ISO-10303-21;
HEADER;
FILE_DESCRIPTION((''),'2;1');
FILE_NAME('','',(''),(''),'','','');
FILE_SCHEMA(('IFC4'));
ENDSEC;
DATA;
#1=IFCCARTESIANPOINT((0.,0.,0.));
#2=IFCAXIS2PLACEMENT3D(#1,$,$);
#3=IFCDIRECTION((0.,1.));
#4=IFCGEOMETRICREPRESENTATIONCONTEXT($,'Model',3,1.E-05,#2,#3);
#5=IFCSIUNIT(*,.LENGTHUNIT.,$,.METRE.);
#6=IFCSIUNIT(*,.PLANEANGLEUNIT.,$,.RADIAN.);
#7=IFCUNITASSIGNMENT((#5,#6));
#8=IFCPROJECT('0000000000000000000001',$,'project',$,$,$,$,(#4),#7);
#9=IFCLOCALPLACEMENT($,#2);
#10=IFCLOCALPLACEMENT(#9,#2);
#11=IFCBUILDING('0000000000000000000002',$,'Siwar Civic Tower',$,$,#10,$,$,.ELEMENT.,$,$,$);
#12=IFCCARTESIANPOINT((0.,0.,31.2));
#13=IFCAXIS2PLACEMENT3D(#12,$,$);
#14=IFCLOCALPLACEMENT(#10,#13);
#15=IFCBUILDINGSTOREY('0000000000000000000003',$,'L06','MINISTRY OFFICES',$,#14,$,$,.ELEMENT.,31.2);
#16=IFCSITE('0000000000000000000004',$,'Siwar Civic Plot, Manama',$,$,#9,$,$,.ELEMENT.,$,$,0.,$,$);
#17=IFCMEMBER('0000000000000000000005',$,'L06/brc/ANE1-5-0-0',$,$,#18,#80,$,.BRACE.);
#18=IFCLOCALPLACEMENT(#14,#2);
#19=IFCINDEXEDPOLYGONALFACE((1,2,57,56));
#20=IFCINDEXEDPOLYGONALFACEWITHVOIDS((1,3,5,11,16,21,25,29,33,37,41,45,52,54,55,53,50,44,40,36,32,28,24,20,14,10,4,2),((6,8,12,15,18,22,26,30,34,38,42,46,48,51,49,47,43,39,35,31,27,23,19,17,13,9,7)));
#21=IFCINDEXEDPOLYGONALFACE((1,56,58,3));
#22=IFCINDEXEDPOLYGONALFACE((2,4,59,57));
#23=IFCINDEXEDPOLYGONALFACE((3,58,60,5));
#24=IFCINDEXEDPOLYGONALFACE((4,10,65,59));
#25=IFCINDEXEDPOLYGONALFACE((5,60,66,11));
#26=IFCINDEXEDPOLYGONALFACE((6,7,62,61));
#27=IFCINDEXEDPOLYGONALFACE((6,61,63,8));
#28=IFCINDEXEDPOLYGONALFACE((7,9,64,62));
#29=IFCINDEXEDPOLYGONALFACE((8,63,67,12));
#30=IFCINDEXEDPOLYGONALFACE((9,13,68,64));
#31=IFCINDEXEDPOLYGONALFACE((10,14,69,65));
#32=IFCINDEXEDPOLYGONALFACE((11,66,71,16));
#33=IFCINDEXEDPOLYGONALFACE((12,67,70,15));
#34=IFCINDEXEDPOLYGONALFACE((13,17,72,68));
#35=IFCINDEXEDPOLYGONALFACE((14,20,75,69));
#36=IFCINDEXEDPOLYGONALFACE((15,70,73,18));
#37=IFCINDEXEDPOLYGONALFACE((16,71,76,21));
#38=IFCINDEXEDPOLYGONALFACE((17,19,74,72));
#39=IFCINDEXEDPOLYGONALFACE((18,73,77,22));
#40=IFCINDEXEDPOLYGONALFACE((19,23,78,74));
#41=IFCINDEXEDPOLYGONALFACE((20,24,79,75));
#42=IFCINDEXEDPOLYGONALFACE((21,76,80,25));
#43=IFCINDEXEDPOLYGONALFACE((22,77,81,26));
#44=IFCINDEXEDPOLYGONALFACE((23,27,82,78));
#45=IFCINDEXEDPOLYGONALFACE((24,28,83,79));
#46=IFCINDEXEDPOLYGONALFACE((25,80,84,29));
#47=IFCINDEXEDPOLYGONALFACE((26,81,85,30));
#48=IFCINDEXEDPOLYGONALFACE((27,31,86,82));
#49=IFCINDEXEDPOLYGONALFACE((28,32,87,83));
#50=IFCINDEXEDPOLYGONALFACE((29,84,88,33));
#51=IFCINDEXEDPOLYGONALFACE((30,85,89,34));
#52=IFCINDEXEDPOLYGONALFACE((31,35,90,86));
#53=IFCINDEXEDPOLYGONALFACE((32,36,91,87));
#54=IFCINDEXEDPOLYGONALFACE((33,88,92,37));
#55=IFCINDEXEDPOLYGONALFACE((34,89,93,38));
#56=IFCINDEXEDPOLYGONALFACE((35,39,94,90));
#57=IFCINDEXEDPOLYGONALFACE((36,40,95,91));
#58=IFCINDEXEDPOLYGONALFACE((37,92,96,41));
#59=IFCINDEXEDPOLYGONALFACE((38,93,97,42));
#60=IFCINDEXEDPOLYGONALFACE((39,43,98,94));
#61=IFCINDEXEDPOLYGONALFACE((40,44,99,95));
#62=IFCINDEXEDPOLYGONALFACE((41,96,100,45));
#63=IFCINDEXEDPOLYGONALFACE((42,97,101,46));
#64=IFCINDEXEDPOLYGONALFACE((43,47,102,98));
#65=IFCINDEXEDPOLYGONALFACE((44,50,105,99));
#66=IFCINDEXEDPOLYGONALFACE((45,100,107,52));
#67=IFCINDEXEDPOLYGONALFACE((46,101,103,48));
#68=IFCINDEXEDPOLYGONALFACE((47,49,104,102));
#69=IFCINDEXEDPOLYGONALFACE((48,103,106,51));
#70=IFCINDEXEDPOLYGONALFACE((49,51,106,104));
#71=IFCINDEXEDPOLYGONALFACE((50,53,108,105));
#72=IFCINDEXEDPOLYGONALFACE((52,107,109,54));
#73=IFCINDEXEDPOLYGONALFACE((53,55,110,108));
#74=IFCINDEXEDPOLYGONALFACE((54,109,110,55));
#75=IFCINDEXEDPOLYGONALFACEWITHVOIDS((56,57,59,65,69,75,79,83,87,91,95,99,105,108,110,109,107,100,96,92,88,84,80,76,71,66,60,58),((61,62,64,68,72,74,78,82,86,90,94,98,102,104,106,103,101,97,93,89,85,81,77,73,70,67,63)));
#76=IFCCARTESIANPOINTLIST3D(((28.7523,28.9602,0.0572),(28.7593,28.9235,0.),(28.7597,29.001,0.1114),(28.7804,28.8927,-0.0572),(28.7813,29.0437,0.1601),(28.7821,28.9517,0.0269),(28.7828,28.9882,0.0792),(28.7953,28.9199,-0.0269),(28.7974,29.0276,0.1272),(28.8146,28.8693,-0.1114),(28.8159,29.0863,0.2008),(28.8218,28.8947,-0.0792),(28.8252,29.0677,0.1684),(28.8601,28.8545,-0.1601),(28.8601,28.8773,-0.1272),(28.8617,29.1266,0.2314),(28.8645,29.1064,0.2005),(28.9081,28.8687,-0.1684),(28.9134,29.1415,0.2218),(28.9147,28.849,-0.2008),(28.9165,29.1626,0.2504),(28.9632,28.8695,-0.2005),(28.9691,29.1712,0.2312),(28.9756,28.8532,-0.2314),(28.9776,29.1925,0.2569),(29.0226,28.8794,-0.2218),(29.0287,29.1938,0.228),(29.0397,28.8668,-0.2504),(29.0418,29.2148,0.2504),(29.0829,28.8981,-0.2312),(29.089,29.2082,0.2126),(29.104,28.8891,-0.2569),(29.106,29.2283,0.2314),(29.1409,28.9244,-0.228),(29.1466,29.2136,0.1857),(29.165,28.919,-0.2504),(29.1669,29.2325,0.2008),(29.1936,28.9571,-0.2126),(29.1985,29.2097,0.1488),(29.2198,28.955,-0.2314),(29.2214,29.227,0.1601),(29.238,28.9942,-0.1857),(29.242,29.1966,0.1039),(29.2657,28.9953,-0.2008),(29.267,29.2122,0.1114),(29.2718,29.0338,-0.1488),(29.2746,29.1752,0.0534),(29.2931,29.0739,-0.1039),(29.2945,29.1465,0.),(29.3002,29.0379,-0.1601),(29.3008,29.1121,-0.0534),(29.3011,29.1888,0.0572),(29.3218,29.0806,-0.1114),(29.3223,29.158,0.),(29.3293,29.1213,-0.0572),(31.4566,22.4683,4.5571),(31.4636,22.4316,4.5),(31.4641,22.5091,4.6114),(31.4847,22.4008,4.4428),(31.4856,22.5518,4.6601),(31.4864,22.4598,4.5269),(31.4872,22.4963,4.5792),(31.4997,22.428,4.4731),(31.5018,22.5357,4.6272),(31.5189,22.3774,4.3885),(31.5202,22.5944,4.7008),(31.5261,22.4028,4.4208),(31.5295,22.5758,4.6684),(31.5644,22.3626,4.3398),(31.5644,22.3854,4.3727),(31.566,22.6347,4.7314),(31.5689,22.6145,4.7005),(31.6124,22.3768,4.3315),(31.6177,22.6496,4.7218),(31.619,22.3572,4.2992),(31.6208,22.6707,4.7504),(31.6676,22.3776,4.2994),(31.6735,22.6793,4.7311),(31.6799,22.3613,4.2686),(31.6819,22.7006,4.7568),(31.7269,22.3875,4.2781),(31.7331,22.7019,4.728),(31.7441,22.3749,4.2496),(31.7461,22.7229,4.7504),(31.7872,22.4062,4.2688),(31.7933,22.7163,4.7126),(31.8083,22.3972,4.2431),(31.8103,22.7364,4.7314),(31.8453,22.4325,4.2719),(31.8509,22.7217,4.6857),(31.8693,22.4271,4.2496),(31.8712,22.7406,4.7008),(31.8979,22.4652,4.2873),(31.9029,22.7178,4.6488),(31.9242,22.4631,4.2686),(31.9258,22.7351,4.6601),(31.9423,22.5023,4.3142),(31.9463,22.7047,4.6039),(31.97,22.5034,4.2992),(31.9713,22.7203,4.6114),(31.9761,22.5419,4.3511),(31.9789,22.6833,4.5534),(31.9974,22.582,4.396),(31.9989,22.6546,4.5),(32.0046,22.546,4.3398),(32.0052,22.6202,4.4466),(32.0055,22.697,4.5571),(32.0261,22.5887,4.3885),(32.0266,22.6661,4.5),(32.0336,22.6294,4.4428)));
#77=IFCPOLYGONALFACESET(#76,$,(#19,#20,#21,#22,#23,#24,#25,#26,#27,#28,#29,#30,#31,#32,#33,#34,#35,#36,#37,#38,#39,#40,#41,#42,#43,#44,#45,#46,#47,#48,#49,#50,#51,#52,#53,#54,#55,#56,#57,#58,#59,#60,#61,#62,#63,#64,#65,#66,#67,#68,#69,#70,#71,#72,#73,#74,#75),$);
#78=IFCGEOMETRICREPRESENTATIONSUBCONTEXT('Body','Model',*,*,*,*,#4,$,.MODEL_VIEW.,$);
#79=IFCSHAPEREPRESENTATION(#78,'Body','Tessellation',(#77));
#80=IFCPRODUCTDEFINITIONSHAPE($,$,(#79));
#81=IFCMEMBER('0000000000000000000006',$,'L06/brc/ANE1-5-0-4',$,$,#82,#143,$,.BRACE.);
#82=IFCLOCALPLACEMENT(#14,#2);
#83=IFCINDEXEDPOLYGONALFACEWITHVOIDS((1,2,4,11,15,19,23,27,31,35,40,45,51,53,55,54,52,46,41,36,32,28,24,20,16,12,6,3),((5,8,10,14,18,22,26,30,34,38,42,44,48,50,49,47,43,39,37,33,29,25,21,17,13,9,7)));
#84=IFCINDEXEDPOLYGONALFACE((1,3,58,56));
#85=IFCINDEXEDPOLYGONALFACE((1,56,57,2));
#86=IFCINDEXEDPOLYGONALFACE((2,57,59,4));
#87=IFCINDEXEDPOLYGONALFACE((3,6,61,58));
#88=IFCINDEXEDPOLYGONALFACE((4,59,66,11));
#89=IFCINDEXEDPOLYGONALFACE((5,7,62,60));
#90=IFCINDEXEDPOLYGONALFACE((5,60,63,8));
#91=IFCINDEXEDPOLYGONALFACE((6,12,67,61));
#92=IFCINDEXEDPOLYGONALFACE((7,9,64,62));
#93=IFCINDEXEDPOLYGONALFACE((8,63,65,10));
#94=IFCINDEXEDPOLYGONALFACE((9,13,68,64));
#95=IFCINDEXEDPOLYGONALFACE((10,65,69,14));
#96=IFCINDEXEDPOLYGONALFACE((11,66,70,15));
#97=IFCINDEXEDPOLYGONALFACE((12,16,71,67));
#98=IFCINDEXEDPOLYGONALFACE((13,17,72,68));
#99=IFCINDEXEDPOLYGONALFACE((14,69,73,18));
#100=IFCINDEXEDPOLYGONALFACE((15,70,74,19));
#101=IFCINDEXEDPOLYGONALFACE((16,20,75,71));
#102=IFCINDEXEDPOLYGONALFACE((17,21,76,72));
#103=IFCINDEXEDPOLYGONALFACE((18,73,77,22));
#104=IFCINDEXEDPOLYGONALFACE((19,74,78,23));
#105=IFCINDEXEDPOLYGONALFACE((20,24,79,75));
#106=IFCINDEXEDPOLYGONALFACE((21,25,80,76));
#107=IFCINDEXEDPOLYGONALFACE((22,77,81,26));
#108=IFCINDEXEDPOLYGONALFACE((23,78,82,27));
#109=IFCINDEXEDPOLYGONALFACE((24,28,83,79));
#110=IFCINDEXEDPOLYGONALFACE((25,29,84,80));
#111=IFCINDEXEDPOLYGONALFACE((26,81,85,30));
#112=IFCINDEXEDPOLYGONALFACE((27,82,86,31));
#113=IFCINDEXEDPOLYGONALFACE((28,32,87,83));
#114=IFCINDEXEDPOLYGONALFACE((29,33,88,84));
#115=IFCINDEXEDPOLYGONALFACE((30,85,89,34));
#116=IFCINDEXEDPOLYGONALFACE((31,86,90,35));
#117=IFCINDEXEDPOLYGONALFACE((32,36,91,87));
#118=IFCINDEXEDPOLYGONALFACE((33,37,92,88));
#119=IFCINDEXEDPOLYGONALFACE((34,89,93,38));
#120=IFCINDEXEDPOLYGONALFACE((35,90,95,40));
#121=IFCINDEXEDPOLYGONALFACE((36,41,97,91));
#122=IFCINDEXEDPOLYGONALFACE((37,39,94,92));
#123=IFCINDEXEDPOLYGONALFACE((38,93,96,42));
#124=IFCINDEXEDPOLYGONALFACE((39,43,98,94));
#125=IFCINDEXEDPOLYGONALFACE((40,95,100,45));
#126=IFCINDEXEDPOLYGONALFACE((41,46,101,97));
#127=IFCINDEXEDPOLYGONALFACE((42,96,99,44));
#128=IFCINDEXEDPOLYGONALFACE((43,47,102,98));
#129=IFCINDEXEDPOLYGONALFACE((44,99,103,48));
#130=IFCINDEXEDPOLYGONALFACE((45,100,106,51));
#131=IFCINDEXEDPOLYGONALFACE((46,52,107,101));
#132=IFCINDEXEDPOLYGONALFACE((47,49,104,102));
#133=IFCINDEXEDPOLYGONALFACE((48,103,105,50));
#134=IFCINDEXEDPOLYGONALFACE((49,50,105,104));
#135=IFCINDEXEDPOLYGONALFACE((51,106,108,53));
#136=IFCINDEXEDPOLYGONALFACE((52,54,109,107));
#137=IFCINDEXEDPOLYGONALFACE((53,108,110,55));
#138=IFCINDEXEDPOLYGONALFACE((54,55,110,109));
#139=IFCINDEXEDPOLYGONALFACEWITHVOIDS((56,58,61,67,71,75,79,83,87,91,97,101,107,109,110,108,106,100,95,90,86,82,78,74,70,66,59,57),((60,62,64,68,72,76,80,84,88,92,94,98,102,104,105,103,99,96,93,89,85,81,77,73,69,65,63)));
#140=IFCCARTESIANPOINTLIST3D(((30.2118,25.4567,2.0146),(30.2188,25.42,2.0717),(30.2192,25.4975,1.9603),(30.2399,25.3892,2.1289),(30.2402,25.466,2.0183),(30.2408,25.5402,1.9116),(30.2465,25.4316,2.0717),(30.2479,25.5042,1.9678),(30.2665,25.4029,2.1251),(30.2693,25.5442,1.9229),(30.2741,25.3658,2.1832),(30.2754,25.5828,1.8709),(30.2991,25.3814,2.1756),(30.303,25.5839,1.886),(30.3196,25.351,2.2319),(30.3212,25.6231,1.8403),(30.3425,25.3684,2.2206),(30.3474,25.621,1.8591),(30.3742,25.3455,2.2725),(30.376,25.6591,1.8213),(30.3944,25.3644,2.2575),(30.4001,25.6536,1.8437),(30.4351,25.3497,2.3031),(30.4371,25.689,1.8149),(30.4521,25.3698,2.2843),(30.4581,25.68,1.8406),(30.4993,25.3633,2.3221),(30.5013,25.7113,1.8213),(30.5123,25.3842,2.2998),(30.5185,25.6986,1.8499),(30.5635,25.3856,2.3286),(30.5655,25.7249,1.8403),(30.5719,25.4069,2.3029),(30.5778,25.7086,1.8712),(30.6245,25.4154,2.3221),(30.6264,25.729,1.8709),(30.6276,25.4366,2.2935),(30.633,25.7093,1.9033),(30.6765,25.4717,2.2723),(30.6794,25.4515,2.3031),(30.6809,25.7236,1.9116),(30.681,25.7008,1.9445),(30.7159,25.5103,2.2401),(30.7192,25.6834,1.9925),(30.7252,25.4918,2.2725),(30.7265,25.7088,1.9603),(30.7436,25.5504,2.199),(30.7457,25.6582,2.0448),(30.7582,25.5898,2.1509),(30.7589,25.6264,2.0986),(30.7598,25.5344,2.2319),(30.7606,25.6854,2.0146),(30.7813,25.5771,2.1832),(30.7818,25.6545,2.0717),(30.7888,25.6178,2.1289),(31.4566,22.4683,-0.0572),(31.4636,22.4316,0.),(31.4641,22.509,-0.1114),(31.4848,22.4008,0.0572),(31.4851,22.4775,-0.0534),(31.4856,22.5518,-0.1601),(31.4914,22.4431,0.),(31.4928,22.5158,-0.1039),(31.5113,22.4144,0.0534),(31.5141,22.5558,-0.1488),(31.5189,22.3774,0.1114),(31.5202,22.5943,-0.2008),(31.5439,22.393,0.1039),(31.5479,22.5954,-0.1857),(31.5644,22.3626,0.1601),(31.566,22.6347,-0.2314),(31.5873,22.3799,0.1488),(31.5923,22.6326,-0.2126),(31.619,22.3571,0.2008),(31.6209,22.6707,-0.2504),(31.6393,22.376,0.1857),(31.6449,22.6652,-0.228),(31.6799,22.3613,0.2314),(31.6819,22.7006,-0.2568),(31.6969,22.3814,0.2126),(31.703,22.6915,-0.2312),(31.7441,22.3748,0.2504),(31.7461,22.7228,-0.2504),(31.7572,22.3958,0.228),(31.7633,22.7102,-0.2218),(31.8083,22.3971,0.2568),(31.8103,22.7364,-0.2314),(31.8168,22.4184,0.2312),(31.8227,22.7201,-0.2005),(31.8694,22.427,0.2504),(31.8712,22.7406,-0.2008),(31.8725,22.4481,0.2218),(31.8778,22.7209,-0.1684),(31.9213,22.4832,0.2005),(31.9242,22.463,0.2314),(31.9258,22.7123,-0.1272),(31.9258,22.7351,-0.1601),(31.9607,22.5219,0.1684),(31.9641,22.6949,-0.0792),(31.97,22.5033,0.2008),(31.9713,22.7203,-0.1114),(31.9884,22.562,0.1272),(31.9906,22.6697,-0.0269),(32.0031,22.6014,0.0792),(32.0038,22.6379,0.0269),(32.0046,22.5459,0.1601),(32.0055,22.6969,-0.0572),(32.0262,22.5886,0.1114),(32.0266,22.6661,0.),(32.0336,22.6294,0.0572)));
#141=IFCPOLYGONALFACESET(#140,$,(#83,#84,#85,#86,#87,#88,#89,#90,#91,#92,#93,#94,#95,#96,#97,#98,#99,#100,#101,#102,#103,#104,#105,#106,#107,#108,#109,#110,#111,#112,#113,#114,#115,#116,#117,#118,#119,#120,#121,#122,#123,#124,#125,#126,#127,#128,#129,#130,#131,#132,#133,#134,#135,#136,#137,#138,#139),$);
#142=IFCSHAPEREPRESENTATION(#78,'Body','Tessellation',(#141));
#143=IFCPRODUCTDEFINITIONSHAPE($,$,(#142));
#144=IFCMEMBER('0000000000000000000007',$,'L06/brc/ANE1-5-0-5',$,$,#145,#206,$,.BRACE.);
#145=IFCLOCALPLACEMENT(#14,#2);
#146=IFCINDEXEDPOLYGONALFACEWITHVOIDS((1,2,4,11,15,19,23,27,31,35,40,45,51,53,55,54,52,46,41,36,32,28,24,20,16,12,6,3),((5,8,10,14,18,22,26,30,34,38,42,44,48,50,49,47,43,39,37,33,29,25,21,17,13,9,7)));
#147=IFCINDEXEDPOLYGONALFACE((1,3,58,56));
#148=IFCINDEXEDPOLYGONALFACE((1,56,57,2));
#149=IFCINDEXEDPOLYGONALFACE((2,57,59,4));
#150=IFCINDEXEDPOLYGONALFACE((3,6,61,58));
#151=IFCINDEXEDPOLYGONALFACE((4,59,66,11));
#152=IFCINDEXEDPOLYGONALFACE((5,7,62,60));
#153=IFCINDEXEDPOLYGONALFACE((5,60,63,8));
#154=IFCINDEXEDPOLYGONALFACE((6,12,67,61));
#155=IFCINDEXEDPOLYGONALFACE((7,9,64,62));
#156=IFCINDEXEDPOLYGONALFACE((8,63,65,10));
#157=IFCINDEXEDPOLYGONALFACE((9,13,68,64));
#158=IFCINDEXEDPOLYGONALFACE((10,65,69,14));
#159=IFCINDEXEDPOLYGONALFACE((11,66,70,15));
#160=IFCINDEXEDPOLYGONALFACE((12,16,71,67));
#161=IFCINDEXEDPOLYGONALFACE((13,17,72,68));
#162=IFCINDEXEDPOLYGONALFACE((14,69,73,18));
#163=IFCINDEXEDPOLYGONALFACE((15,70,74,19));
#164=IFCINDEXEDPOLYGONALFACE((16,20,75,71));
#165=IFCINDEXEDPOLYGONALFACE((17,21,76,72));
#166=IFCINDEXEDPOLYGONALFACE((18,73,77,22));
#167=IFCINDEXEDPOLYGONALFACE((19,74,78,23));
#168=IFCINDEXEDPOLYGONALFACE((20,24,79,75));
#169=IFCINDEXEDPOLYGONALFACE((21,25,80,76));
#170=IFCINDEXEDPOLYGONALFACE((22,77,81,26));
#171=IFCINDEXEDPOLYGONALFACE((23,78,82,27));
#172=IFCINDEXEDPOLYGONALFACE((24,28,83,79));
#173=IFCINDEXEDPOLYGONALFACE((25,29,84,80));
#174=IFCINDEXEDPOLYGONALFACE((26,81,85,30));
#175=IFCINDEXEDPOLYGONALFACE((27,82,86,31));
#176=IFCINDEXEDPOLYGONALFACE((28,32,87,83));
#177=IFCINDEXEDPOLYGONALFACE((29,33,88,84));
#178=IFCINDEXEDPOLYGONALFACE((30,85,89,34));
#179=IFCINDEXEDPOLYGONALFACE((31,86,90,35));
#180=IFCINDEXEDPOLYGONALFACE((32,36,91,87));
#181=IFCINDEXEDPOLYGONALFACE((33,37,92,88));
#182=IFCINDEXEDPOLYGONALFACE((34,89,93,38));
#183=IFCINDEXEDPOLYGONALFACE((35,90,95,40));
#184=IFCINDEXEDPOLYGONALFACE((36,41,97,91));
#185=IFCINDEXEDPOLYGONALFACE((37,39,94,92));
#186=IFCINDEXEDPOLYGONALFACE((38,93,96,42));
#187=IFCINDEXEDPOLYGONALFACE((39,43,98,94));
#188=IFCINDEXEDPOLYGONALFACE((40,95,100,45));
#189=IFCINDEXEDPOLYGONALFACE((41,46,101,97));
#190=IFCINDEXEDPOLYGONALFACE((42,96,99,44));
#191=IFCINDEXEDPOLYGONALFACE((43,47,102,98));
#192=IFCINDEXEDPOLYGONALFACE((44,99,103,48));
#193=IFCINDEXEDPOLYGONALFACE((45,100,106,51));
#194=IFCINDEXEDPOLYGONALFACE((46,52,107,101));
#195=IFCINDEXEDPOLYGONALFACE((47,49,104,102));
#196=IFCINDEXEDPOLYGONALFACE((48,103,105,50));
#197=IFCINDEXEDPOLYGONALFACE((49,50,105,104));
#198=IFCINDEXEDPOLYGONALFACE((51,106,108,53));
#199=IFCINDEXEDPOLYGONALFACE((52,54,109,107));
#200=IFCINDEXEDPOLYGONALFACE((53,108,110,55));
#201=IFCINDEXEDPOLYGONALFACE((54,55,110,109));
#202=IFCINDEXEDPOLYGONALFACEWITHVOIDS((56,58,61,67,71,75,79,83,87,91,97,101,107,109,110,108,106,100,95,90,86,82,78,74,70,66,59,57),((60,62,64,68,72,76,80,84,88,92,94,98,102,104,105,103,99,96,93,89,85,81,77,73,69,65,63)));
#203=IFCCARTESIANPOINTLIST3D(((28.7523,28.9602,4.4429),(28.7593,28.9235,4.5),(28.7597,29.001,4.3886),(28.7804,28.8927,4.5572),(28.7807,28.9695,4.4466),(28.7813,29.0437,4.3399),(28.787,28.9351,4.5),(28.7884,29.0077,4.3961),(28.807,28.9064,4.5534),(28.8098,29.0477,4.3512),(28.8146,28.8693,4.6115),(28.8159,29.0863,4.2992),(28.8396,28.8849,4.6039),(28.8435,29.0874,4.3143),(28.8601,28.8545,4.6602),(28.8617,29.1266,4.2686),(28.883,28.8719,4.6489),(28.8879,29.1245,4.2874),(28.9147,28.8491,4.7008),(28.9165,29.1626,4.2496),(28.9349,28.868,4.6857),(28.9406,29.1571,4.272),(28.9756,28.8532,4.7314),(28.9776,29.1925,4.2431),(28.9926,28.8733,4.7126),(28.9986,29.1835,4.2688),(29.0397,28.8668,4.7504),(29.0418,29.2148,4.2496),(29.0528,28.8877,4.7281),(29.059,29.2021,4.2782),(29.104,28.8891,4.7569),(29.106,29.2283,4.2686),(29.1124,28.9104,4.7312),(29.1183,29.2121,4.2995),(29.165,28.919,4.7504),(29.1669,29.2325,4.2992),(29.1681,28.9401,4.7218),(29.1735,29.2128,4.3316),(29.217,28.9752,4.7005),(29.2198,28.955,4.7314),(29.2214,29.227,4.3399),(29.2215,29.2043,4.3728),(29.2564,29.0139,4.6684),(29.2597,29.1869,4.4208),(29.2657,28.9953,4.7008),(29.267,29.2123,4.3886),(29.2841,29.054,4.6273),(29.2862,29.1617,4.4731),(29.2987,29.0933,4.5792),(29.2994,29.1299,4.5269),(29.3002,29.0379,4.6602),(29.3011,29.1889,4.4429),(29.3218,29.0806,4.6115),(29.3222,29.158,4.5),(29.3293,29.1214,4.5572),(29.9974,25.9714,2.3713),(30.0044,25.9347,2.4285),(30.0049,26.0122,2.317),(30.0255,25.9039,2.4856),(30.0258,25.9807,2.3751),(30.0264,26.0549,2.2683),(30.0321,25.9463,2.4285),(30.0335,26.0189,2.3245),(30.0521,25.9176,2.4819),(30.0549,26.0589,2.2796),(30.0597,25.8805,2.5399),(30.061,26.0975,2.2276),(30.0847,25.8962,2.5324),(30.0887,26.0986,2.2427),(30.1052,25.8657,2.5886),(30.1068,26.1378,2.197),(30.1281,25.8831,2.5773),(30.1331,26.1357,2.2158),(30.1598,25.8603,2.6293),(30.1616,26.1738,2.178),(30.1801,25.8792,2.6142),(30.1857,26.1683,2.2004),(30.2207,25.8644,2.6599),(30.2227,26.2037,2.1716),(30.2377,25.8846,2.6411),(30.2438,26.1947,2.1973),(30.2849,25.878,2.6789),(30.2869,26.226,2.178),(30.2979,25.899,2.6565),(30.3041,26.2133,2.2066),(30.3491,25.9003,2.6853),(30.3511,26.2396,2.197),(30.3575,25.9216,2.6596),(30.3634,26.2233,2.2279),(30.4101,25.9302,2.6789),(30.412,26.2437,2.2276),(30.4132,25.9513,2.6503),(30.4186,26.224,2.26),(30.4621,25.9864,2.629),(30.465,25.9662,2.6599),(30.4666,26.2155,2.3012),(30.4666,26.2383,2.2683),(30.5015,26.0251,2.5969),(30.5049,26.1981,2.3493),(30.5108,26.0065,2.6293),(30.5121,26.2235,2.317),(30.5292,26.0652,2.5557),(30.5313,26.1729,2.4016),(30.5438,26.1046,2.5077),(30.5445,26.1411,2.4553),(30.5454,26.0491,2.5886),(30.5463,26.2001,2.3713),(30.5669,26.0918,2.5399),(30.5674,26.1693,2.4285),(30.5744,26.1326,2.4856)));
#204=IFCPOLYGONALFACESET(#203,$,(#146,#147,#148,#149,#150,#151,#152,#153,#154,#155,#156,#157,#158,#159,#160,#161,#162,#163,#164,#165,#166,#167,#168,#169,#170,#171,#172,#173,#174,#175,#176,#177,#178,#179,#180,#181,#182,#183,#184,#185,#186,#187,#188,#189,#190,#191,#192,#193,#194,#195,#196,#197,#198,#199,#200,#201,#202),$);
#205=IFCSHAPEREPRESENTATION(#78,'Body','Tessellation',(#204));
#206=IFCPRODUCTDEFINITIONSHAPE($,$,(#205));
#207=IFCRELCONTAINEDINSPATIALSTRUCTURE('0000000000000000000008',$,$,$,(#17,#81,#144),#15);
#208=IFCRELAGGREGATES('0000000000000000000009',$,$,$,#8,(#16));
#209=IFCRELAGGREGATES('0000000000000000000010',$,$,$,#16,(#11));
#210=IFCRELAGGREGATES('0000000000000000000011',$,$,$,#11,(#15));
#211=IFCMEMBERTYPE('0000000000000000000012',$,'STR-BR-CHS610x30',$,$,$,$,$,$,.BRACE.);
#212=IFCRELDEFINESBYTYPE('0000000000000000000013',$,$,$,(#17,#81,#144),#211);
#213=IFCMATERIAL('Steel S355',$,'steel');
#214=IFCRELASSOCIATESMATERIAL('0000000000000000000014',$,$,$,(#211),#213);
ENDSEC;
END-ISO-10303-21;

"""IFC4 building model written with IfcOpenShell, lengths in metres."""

from ifc_helpers import new_model, si_unit, direction, frame, origin, origin_2d, place, context, subcontext, project, spatial, hollow_circle, extrude, material, material_profile, profile_set, type_object, element, save


model = new_model("IFC4")

# Units and contexts
model_context = context("Model", 3, precision=1e-05, world=origin(), true_north=direction((0.0, 1.0)))
body_context = subcontext(model_context, "Body", "Model", "MODEL_VIEW")
ifc_project = project(units=[si_unit("LENGTHUNIT", "METRE"), si_unit("PLANEANGLEUNIT", "RADIAN")], contexts=[model_context])

# Site, building, storey
site_placement = place(None, origin())
site = spatial("IfcSite", under=ifc_project, at=site_placement, Name="Siwar Civic Plot, Manama", CompositionType="ELEMENT", RefElevation=0.0)
building_placement = place(site_placement, origin())
building = spatial("IfcBuilding", under=site, at=building_placement, Name="Siwar Civic Tower", CompositionType="ELEMENT")
storey_placement = place(building_placement, frame((0.0, 0.0, 31.2)))
storey = spatial("IfcBuildingStorey", under=building, at=storey_placement, Name="L06", Description="MINISTRY OFFICES", CompositionType="ELEMENT", Elevation=31.2)

# Members
ifc_material_1 = material(Name="Steel S355", Category="steel")
ifc_material_profile_1 = material_profile(ifc_material_1, hollow_circle(Radius=0.3049, WallThickness=0.03, at=origin_2d()), Name="CHS610x30")
ifc_profile_set_1 = profile_set([ifc_material_profile_1], Name="Steel S355")
member_type_1 = type_object("IfcMemberType", Name="STR-BR-CHS610x30", PredefinedType="BRACE", material=ifc_profile_set_1)
member_1_placement = place(storey_placement, frame((29.0408, 29.0408, 0.0), z_axis=(0.323906, -0.777555, 0.538975), x_axis=(0.923109, 0.384539, 0.0)))
element("IfcMember", 1, at=member_1_placement, inside=storey, type_object=member_type_1, Name="L06/brc/ANE1-5-0-0", PredefinedType="BRACE", context=body_context, shape_type="SweptSolid", body=[
    extrude(hollow_circle(Radius=0.3049, WallThickness=0.03, at=origin_2d()), origin(), (0.0, 0.0, 1.0), 8.3491),
])
member_2_placement = place(storey_placement, frame((31.7451, 22.5488, 0.0), z_axis=(-0.323882, 0.777533, 0.53902), x_axis=(-0.923115, -0.384524, 0.0)))
element("IfcMember", 2, at=member_2_placement, inside=storey, type_object=member_type_1, Name="L06/brc/ANE1-5-0-4", PredefinedType="BRACE", context=body_context, shape_type="SweptSolid", body=[
    extrude(hollow_circle(Radius=0.3049, WallThickness=0.03, at=origin_2d()), origin(), (0.0, 0.0, 1.0), 3.8435),
])
member_3_placement = place(storey_placement, frame((30.2859, 26.052, 2.4285), z_axis=(-0.323934, 0.777569, 0.538937), x_axis=(-0.923099, -0.384562, 0.0)))
element("IfcMember", 3, at=member_3_placement, inside=storey, type_object=member_type_1, Name="L06/brc/ANE1-5-0-5", PredefinedType="BRACE", context=body_context, shape_type="SweptSolid", body=[
    extrude(hollow_circle(Radius=0.3049, WallThickness=0.03, at=origin_2d()), origin(), (0.0, 0.0, 1.0), 3.8438),
])

save(model, "model.ifc")
